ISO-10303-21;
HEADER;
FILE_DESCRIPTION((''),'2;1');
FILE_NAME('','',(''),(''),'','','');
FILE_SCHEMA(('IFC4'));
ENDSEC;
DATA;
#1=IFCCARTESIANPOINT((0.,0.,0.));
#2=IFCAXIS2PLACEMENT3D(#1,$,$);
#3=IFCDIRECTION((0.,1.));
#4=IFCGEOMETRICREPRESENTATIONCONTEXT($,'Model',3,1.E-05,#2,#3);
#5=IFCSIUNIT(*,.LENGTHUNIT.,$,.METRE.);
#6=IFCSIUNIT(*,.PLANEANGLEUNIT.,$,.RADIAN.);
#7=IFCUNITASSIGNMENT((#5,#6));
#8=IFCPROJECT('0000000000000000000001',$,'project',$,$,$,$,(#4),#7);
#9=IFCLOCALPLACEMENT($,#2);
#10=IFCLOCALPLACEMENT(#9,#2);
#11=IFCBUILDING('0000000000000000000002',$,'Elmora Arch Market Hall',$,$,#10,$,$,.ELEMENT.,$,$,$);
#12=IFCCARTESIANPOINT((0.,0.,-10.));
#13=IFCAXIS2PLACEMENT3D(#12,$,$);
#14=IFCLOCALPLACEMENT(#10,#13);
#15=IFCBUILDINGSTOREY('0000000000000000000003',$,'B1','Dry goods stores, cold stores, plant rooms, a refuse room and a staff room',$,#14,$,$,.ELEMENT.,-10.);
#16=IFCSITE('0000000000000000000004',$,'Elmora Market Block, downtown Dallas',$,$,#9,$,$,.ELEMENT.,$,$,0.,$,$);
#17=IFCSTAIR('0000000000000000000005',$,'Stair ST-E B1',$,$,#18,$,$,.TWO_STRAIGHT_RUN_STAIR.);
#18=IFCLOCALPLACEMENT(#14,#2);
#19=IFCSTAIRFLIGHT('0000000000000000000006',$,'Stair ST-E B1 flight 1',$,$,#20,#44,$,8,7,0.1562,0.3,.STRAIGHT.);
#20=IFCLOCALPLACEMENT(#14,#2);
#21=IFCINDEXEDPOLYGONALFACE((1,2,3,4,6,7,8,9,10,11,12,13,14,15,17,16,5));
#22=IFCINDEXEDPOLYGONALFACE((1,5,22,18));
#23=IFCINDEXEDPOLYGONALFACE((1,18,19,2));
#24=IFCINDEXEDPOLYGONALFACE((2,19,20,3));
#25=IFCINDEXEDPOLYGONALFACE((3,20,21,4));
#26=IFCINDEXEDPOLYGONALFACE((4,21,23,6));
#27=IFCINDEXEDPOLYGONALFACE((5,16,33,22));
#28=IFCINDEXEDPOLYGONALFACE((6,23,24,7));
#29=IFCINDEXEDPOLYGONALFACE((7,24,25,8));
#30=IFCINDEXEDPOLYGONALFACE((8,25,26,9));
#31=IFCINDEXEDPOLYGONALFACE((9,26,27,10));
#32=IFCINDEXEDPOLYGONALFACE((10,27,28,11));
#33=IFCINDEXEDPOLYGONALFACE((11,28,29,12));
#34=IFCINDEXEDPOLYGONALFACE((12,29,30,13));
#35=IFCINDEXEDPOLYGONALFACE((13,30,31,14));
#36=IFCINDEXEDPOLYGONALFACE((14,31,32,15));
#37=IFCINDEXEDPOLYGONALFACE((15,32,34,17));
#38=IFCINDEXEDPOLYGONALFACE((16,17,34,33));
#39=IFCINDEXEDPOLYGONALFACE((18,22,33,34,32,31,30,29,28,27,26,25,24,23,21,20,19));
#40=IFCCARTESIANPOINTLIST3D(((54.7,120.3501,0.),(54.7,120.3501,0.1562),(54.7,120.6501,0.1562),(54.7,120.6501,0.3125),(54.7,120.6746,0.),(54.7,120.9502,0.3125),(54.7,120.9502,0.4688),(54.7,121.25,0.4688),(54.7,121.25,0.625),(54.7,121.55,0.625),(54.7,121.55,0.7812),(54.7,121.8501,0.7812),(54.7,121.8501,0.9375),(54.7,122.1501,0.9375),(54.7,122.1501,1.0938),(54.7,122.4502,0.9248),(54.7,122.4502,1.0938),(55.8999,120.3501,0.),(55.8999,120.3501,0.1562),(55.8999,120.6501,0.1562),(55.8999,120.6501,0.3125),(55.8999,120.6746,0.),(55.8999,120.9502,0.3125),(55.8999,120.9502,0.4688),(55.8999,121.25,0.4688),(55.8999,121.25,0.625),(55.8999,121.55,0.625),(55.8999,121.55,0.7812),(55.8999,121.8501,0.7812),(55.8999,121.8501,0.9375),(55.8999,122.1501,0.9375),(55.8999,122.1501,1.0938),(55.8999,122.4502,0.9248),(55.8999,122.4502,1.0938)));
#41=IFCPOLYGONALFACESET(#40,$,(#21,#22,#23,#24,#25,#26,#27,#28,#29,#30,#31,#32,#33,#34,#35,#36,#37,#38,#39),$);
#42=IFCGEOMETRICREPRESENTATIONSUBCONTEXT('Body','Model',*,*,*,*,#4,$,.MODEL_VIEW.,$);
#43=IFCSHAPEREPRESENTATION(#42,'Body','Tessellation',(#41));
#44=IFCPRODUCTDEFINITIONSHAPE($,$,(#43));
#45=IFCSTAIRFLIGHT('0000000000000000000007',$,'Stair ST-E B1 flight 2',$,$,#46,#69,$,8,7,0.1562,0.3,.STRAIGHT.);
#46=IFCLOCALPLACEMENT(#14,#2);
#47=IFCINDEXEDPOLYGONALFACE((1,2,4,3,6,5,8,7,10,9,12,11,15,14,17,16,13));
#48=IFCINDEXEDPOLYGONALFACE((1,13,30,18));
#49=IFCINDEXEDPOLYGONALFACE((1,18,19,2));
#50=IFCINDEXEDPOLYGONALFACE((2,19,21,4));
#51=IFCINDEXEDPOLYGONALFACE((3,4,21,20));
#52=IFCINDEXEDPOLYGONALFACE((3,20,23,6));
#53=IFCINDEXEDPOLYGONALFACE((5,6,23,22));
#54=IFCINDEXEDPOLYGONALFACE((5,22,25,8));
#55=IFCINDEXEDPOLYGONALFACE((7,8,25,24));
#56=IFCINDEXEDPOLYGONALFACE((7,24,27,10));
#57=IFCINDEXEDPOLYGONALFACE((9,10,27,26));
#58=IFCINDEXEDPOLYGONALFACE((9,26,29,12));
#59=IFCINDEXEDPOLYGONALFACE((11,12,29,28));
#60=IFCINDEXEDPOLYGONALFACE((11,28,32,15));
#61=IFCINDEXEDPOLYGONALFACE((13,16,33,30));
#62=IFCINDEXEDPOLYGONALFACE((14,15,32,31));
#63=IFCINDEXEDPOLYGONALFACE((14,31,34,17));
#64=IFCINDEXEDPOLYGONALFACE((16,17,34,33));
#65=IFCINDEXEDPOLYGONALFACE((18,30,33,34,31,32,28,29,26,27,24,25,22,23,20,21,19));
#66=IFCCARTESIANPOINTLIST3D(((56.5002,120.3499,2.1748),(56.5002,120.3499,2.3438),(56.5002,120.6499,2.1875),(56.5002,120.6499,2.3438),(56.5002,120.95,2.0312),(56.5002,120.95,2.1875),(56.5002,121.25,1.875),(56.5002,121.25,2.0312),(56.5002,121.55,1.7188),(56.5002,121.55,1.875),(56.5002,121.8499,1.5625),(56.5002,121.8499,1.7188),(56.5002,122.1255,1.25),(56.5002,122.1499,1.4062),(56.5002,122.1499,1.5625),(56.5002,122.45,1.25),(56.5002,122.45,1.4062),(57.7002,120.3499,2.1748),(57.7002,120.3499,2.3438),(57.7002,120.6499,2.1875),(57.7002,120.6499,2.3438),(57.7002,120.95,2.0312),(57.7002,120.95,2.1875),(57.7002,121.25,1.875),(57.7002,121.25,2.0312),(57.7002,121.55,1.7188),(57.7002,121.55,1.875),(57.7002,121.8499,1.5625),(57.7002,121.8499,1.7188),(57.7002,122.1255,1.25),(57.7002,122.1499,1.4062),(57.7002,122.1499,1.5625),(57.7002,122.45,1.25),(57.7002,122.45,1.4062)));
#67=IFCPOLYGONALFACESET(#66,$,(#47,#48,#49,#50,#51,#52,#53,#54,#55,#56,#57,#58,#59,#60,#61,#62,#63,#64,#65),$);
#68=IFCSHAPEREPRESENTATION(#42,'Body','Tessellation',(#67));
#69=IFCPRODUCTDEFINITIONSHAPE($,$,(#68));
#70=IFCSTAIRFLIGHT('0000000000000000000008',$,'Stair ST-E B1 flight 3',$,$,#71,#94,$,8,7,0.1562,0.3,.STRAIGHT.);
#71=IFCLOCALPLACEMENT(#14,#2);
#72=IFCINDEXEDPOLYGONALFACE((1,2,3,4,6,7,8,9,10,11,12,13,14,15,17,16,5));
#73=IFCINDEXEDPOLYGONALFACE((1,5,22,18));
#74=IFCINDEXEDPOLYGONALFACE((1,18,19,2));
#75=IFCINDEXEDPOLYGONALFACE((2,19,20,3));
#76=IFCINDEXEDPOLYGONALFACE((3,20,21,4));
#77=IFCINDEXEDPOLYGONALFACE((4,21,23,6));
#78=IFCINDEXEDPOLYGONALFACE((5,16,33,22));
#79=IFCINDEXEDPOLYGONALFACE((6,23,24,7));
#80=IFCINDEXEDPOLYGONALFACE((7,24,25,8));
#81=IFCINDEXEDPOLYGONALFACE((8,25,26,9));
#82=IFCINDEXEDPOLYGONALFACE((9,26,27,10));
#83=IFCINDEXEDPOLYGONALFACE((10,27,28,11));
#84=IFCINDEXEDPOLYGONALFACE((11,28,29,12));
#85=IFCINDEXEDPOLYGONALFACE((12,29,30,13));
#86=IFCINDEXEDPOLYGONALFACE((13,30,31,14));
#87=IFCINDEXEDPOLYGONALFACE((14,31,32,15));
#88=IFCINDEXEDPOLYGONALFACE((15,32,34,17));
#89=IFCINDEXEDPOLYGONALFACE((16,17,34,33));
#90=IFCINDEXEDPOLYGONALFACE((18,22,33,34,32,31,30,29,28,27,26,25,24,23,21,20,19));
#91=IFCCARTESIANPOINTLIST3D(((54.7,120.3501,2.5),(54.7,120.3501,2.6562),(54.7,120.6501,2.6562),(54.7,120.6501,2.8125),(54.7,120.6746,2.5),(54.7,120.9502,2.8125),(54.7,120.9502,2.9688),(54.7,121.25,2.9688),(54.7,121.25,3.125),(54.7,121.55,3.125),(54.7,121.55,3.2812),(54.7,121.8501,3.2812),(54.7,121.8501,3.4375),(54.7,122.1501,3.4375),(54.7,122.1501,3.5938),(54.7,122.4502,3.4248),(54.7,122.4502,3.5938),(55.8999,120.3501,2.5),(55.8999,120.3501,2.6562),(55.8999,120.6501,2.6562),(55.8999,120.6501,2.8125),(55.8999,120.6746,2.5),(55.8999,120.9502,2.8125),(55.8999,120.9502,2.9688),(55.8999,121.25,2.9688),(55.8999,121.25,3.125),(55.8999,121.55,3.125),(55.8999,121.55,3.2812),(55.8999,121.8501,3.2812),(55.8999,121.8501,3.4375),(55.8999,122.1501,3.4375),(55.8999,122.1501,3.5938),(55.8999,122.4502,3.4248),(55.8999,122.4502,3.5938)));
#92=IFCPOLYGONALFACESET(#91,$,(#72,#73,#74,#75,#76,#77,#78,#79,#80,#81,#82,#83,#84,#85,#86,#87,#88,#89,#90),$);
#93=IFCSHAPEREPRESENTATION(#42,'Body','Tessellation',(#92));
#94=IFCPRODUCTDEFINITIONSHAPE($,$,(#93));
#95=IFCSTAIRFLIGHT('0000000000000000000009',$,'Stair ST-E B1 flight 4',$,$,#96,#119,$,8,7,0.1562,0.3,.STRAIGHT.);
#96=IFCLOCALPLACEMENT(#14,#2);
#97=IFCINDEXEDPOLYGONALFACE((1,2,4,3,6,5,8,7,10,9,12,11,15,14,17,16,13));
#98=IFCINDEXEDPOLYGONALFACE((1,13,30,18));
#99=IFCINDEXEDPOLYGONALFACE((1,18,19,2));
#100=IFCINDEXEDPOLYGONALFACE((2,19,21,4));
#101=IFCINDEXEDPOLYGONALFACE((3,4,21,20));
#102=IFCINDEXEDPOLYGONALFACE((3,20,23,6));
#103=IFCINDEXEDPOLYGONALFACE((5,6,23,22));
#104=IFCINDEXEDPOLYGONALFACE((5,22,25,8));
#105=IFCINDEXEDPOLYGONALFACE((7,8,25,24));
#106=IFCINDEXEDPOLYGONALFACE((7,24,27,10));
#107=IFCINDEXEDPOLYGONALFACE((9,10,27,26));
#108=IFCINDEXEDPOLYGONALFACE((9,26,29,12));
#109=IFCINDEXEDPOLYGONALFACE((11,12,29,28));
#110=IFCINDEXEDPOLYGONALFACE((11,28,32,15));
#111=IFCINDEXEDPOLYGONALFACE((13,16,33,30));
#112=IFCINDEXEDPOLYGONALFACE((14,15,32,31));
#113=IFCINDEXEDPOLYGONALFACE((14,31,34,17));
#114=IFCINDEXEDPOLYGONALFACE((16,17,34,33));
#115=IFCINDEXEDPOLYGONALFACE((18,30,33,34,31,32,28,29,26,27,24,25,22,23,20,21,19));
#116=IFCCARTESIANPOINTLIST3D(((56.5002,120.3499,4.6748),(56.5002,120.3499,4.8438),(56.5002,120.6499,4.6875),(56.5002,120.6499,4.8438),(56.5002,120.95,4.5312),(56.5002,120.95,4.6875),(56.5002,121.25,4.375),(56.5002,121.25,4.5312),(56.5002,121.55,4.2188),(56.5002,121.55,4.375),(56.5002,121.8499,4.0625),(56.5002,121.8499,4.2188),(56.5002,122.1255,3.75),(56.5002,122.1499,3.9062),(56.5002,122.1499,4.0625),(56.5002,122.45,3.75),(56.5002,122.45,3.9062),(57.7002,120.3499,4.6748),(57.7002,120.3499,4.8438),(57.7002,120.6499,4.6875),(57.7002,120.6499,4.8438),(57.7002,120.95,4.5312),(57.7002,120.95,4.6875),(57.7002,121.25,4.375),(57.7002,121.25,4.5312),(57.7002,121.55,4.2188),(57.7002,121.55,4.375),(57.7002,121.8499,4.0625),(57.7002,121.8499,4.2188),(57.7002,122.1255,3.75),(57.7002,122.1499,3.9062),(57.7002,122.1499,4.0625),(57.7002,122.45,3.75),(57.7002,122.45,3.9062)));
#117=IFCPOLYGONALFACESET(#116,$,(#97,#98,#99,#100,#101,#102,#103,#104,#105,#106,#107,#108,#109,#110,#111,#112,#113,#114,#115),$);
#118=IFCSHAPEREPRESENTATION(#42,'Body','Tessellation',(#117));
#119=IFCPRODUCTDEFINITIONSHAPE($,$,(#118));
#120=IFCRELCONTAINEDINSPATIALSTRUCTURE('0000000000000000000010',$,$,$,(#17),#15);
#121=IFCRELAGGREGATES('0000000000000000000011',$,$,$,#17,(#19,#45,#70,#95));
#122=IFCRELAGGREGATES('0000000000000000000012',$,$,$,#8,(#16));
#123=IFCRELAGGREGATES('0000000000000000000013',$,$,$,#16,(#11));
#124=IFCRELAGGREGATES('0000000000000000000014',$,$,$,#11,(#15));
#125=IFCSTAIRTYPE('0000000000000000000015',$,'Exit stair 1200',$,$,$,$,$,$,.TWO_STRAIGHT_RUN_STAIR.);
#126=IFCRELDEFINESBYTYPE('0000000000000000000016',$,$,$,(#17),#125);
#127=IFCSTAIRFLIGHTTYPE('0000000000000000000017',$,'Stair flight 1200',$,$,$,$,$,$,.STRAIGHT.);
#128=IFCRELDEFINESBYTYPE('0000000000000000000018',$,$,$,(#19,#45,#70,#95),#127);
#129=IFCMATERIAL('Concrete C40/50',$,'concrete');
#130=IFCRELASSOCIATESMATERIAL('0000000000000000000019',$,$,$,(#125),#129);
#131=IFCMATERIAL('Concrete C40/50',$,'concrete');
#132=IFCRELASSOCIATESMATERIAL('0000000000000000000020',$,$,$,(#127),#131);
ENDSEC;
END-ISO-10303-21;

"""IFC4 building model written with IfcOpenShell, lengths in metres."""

from ifc_helpers import new_model, si_unit, direction, frame, origin, place, context, subcontext, project, spatial, polyline, outline, extrude, material, type_object, element, aggregate, save


model = new_model("IFC4")

# Units and contexts
model_context = context("Model", 3, precision=1e-05, world=origin(), true_north=direction((0.0, 1.0)))
body_context = subcontext(model_context, "Body", "Model", "MODEL_VIEW")
ifc_project = project(units=[si_unit("LENGTHUNIT", "METRE"), si_unit("PLANEANGLEUNIT", "RADIAN")], contexts=[model_context])

# Site, building, storey
site_placement = place(None, origin())
site = spatial("IfcSite", under=ifc_project, at=site_placement, Name="Elmora Market Block, downtown Dallas", CompositionType="ELEMENT", RefElevation=0.0)
building_placement = place(site_placement, origin())
building = spatial("IfcBuilding", under=site, at=building_placement, Name="Elmora Arch Market Hall", CompositionType="ELEMENT")
storey_placement = place(building_placement, frame((0.0, 0.0, -10.0)))
storey = spatial("IfcBuildingStorey", under=building, at=storey_placement, Name="B1", Description="Dry goods stores, cold stores, plant rooms, a refuse room and a staff room", CompositionType="ELEMENT", Elevation=-10.0)

# Stair, stair flights
ifc_material_1 = material(Name="Concrete C40/50", Category="concrete")
stair_type = type_object("IfcStairType", Name="Exit stair 1200", PredefinedType="TWO_STRAIGHT_RUN_STAIR", material=ifc_material_1)
stair_placement = place(storey_placement, origin())
stair = element("IfcStair", 1, at=stair_placement, inside=storey, type_object=stair_type, Name="Stair ST-E B1", PredefinedType="TWO_STRAIGHT_RUN_STAIR")
ifc_material_2 = material(Name="Concrete C40/50", Category="concrete")
stair_flight_type = type_object("IfcStairFlightType", Name="Stair flight 1200", PredefinedType="STRAIGHT", material=ifc_material_2)
stair_flight_1_placement = place(storey_placement, frame((55.3, 120.3501, 0.0), z_axis=(0.0, 0.0, 1.0), x_axis=(0.0, 1.0, 0.0)))
stair_flight_1 = element("IfcStairFlight", 2, at=stair_flight_1_placement, type_object=stair_flight_type, Name="Stair ST-E B1 flight 1", NumberOfRisers=8, NumberOfTreads=7, PredefinedType="STRAIGHT", RiserHeight=0.1562, TreadLength=0.3, context=body_context, shape_type="SweptSolid", body=[
    extrude(outline(polyline([(0.0, 0.0), (0.0, 0.1562), (0.3, 0.1562), (0.3, 0.3125), (0.6001, 0.3125), (0.6001, 0.4688), (0.8999, 0.4688), (0.8999, 0.625), (1.2, 0.625), (1.2, 0.7812), (1.5, 0.7812), (1.5, 0.9375), (1.8, 0.9375), (1.8, 1.0938), (2.1001, 1.0938), (2.1001, 1.25), (2.1001, 0.9248), (0.3245, 0.0), (0.0, 0.0)])), frame((0.0, 0.6001, 0.0), z_axis=(0.0, -1.0, 0.0), x_axis=(1.0, 0.0, 0.0)), (0.0, 0.0, 1.0), 1.2),
])
stair_flight_2_placement = place(storey_placement, frame((57.1001, 122.45, 1.25), z_axis=(0.0, 0.0, 1.0), x_axis=(0.0, -1.0, 0.0)))
stair_flight_2 = element("IfcStairFlight", 3, at=stair_flight_2_placement, type_object=stair_flight_type, Name="Stair ST-E B1 flight 2", NumberOfRisers=8, NumberOfTreads=7, PredefinedType="STRAIGHT", RiserHeight=0.1562, TreadLength=0.3, context=body_context, shape_type="SweptSolid", body=[
    extrude(outline(polyline([(0.0, 0.0), (0.0, 0.1562), (0.3, 0.1562), (0.3, 0.3125), (0.6001, 0.3125), (0.6001, 0.4688), (0.8999, 0.4688), (0.8999, 0.625), (1.2, 0.625), (1.2, 0.7812), (1.5, 0.7812), (1.5, 0.9375), (1.8, 0.9375), (1.8, 1.0938), (2.1001, 1.0938), (2.1001, 1.25), (2.1001, 0.9248), (0.3245, 0.0), (0.0, 0.0)])), frame((0.0, 0.6001, 0.0), z_axis=(0.0, -1.0, 0.0), x_axis=(1.0, 0.0, 0.0)), (0.0, 0.0, 1.0), 1.2),
])
stair_flight_3_placement = place(storey_placement, frame((55.3, 120.3501, 2.5), z_axis=(0.0, 0.0, 1.0), x_axis=(0.0, 1.0, 0.0)))
stair_flight_3 = element("IfcStairFlight", 4, at=stair_flight_3_placement, type_object=stair_flight_type, Name="Stair ST-E B1 flight 3", NumberOfRisers=8, NumberOfTreads=7, PredefinedType="STRAIGHT", RiserHeight=0.1562, TreadLength=0.3, context=body_context, shape_type="SweptSolid", body=[
    extrude(outline(polyline([(0.0, 0.0), (0.0, 0.1562), (0.3, 0.1562), (0.3, 0.3125), (0.6001, 0.3125), (0.6001, 0.4688), (0.8999, 0.4688), (0.8999, 0.625), (1.2, 0.625), (1.2, 0.7812), (1.5, 0.7812), (1.5, 0.9375), (1.8, 0.9375), (1.8, 1.0938), (2.1001, 1.0938), (2.1001, 1.25), (2.1001, 0.9248), (0.3245, 0.0), (0.0, 0.0)])), frame((0.0, 0.6001, 0.0), z_axis=(0.0, -1.0, 0.0), x_axis=(1.0, 0.0, 0.0)), (0.0, 0.0, 1.0), 1.2),
])
stair_flight_4_placement = place(storey_placement, frame((57.1001, 122.45, 3.75), z_axis=(0.0, 0.0, 1.0), x_axis=(0.0, -1.0, 0.0)))
stair_flight_4 = element("IfcStairFlight", 5, at=stair_flight_4_placement, type_object=stair_flight_type, Name="Stair ST-E B1 flight 4", NumberOfRisers=8, NumberOfTreads=7, PredefinedType="STRAIGHT", RiserHeight=0.1562, TreadLength=0.3, context=body_context, shape_type="SweptSolid", body=[
    extrude(outline(polyline([(0.0, 0.0), (0.0, 0.1562), (0.3, 0.1562), (0.3, 0.3125), (0.6001, 0.3125), (0.6001, 0.4688), (0.8999, 0.4688), (0.8999, 0.625), (1.2, 0.625), (1.2, 0.7812), (1.5, 0.7812), (1.5, 0.9375), (1.8, 0.9375), (1.8, 1.0938), (2.1001, 1.0938), (2.1001, 1.25), (2.1001, 0.9248), (0.3245, 0.0), (0.0, 0.0)])), frame((0.0, 0.6001, 0.0), z_axis=(0.0, -1.0, 0.0), x_axis=(1.0, 0.0, 0.0)), (0.0, 0.0, 1.0), 1.2),
])
aggregate(stair, [stair_flight_1, stair_flight_2, stair_flight_3, stair_flight_4])

save(model, "model.ifc")
